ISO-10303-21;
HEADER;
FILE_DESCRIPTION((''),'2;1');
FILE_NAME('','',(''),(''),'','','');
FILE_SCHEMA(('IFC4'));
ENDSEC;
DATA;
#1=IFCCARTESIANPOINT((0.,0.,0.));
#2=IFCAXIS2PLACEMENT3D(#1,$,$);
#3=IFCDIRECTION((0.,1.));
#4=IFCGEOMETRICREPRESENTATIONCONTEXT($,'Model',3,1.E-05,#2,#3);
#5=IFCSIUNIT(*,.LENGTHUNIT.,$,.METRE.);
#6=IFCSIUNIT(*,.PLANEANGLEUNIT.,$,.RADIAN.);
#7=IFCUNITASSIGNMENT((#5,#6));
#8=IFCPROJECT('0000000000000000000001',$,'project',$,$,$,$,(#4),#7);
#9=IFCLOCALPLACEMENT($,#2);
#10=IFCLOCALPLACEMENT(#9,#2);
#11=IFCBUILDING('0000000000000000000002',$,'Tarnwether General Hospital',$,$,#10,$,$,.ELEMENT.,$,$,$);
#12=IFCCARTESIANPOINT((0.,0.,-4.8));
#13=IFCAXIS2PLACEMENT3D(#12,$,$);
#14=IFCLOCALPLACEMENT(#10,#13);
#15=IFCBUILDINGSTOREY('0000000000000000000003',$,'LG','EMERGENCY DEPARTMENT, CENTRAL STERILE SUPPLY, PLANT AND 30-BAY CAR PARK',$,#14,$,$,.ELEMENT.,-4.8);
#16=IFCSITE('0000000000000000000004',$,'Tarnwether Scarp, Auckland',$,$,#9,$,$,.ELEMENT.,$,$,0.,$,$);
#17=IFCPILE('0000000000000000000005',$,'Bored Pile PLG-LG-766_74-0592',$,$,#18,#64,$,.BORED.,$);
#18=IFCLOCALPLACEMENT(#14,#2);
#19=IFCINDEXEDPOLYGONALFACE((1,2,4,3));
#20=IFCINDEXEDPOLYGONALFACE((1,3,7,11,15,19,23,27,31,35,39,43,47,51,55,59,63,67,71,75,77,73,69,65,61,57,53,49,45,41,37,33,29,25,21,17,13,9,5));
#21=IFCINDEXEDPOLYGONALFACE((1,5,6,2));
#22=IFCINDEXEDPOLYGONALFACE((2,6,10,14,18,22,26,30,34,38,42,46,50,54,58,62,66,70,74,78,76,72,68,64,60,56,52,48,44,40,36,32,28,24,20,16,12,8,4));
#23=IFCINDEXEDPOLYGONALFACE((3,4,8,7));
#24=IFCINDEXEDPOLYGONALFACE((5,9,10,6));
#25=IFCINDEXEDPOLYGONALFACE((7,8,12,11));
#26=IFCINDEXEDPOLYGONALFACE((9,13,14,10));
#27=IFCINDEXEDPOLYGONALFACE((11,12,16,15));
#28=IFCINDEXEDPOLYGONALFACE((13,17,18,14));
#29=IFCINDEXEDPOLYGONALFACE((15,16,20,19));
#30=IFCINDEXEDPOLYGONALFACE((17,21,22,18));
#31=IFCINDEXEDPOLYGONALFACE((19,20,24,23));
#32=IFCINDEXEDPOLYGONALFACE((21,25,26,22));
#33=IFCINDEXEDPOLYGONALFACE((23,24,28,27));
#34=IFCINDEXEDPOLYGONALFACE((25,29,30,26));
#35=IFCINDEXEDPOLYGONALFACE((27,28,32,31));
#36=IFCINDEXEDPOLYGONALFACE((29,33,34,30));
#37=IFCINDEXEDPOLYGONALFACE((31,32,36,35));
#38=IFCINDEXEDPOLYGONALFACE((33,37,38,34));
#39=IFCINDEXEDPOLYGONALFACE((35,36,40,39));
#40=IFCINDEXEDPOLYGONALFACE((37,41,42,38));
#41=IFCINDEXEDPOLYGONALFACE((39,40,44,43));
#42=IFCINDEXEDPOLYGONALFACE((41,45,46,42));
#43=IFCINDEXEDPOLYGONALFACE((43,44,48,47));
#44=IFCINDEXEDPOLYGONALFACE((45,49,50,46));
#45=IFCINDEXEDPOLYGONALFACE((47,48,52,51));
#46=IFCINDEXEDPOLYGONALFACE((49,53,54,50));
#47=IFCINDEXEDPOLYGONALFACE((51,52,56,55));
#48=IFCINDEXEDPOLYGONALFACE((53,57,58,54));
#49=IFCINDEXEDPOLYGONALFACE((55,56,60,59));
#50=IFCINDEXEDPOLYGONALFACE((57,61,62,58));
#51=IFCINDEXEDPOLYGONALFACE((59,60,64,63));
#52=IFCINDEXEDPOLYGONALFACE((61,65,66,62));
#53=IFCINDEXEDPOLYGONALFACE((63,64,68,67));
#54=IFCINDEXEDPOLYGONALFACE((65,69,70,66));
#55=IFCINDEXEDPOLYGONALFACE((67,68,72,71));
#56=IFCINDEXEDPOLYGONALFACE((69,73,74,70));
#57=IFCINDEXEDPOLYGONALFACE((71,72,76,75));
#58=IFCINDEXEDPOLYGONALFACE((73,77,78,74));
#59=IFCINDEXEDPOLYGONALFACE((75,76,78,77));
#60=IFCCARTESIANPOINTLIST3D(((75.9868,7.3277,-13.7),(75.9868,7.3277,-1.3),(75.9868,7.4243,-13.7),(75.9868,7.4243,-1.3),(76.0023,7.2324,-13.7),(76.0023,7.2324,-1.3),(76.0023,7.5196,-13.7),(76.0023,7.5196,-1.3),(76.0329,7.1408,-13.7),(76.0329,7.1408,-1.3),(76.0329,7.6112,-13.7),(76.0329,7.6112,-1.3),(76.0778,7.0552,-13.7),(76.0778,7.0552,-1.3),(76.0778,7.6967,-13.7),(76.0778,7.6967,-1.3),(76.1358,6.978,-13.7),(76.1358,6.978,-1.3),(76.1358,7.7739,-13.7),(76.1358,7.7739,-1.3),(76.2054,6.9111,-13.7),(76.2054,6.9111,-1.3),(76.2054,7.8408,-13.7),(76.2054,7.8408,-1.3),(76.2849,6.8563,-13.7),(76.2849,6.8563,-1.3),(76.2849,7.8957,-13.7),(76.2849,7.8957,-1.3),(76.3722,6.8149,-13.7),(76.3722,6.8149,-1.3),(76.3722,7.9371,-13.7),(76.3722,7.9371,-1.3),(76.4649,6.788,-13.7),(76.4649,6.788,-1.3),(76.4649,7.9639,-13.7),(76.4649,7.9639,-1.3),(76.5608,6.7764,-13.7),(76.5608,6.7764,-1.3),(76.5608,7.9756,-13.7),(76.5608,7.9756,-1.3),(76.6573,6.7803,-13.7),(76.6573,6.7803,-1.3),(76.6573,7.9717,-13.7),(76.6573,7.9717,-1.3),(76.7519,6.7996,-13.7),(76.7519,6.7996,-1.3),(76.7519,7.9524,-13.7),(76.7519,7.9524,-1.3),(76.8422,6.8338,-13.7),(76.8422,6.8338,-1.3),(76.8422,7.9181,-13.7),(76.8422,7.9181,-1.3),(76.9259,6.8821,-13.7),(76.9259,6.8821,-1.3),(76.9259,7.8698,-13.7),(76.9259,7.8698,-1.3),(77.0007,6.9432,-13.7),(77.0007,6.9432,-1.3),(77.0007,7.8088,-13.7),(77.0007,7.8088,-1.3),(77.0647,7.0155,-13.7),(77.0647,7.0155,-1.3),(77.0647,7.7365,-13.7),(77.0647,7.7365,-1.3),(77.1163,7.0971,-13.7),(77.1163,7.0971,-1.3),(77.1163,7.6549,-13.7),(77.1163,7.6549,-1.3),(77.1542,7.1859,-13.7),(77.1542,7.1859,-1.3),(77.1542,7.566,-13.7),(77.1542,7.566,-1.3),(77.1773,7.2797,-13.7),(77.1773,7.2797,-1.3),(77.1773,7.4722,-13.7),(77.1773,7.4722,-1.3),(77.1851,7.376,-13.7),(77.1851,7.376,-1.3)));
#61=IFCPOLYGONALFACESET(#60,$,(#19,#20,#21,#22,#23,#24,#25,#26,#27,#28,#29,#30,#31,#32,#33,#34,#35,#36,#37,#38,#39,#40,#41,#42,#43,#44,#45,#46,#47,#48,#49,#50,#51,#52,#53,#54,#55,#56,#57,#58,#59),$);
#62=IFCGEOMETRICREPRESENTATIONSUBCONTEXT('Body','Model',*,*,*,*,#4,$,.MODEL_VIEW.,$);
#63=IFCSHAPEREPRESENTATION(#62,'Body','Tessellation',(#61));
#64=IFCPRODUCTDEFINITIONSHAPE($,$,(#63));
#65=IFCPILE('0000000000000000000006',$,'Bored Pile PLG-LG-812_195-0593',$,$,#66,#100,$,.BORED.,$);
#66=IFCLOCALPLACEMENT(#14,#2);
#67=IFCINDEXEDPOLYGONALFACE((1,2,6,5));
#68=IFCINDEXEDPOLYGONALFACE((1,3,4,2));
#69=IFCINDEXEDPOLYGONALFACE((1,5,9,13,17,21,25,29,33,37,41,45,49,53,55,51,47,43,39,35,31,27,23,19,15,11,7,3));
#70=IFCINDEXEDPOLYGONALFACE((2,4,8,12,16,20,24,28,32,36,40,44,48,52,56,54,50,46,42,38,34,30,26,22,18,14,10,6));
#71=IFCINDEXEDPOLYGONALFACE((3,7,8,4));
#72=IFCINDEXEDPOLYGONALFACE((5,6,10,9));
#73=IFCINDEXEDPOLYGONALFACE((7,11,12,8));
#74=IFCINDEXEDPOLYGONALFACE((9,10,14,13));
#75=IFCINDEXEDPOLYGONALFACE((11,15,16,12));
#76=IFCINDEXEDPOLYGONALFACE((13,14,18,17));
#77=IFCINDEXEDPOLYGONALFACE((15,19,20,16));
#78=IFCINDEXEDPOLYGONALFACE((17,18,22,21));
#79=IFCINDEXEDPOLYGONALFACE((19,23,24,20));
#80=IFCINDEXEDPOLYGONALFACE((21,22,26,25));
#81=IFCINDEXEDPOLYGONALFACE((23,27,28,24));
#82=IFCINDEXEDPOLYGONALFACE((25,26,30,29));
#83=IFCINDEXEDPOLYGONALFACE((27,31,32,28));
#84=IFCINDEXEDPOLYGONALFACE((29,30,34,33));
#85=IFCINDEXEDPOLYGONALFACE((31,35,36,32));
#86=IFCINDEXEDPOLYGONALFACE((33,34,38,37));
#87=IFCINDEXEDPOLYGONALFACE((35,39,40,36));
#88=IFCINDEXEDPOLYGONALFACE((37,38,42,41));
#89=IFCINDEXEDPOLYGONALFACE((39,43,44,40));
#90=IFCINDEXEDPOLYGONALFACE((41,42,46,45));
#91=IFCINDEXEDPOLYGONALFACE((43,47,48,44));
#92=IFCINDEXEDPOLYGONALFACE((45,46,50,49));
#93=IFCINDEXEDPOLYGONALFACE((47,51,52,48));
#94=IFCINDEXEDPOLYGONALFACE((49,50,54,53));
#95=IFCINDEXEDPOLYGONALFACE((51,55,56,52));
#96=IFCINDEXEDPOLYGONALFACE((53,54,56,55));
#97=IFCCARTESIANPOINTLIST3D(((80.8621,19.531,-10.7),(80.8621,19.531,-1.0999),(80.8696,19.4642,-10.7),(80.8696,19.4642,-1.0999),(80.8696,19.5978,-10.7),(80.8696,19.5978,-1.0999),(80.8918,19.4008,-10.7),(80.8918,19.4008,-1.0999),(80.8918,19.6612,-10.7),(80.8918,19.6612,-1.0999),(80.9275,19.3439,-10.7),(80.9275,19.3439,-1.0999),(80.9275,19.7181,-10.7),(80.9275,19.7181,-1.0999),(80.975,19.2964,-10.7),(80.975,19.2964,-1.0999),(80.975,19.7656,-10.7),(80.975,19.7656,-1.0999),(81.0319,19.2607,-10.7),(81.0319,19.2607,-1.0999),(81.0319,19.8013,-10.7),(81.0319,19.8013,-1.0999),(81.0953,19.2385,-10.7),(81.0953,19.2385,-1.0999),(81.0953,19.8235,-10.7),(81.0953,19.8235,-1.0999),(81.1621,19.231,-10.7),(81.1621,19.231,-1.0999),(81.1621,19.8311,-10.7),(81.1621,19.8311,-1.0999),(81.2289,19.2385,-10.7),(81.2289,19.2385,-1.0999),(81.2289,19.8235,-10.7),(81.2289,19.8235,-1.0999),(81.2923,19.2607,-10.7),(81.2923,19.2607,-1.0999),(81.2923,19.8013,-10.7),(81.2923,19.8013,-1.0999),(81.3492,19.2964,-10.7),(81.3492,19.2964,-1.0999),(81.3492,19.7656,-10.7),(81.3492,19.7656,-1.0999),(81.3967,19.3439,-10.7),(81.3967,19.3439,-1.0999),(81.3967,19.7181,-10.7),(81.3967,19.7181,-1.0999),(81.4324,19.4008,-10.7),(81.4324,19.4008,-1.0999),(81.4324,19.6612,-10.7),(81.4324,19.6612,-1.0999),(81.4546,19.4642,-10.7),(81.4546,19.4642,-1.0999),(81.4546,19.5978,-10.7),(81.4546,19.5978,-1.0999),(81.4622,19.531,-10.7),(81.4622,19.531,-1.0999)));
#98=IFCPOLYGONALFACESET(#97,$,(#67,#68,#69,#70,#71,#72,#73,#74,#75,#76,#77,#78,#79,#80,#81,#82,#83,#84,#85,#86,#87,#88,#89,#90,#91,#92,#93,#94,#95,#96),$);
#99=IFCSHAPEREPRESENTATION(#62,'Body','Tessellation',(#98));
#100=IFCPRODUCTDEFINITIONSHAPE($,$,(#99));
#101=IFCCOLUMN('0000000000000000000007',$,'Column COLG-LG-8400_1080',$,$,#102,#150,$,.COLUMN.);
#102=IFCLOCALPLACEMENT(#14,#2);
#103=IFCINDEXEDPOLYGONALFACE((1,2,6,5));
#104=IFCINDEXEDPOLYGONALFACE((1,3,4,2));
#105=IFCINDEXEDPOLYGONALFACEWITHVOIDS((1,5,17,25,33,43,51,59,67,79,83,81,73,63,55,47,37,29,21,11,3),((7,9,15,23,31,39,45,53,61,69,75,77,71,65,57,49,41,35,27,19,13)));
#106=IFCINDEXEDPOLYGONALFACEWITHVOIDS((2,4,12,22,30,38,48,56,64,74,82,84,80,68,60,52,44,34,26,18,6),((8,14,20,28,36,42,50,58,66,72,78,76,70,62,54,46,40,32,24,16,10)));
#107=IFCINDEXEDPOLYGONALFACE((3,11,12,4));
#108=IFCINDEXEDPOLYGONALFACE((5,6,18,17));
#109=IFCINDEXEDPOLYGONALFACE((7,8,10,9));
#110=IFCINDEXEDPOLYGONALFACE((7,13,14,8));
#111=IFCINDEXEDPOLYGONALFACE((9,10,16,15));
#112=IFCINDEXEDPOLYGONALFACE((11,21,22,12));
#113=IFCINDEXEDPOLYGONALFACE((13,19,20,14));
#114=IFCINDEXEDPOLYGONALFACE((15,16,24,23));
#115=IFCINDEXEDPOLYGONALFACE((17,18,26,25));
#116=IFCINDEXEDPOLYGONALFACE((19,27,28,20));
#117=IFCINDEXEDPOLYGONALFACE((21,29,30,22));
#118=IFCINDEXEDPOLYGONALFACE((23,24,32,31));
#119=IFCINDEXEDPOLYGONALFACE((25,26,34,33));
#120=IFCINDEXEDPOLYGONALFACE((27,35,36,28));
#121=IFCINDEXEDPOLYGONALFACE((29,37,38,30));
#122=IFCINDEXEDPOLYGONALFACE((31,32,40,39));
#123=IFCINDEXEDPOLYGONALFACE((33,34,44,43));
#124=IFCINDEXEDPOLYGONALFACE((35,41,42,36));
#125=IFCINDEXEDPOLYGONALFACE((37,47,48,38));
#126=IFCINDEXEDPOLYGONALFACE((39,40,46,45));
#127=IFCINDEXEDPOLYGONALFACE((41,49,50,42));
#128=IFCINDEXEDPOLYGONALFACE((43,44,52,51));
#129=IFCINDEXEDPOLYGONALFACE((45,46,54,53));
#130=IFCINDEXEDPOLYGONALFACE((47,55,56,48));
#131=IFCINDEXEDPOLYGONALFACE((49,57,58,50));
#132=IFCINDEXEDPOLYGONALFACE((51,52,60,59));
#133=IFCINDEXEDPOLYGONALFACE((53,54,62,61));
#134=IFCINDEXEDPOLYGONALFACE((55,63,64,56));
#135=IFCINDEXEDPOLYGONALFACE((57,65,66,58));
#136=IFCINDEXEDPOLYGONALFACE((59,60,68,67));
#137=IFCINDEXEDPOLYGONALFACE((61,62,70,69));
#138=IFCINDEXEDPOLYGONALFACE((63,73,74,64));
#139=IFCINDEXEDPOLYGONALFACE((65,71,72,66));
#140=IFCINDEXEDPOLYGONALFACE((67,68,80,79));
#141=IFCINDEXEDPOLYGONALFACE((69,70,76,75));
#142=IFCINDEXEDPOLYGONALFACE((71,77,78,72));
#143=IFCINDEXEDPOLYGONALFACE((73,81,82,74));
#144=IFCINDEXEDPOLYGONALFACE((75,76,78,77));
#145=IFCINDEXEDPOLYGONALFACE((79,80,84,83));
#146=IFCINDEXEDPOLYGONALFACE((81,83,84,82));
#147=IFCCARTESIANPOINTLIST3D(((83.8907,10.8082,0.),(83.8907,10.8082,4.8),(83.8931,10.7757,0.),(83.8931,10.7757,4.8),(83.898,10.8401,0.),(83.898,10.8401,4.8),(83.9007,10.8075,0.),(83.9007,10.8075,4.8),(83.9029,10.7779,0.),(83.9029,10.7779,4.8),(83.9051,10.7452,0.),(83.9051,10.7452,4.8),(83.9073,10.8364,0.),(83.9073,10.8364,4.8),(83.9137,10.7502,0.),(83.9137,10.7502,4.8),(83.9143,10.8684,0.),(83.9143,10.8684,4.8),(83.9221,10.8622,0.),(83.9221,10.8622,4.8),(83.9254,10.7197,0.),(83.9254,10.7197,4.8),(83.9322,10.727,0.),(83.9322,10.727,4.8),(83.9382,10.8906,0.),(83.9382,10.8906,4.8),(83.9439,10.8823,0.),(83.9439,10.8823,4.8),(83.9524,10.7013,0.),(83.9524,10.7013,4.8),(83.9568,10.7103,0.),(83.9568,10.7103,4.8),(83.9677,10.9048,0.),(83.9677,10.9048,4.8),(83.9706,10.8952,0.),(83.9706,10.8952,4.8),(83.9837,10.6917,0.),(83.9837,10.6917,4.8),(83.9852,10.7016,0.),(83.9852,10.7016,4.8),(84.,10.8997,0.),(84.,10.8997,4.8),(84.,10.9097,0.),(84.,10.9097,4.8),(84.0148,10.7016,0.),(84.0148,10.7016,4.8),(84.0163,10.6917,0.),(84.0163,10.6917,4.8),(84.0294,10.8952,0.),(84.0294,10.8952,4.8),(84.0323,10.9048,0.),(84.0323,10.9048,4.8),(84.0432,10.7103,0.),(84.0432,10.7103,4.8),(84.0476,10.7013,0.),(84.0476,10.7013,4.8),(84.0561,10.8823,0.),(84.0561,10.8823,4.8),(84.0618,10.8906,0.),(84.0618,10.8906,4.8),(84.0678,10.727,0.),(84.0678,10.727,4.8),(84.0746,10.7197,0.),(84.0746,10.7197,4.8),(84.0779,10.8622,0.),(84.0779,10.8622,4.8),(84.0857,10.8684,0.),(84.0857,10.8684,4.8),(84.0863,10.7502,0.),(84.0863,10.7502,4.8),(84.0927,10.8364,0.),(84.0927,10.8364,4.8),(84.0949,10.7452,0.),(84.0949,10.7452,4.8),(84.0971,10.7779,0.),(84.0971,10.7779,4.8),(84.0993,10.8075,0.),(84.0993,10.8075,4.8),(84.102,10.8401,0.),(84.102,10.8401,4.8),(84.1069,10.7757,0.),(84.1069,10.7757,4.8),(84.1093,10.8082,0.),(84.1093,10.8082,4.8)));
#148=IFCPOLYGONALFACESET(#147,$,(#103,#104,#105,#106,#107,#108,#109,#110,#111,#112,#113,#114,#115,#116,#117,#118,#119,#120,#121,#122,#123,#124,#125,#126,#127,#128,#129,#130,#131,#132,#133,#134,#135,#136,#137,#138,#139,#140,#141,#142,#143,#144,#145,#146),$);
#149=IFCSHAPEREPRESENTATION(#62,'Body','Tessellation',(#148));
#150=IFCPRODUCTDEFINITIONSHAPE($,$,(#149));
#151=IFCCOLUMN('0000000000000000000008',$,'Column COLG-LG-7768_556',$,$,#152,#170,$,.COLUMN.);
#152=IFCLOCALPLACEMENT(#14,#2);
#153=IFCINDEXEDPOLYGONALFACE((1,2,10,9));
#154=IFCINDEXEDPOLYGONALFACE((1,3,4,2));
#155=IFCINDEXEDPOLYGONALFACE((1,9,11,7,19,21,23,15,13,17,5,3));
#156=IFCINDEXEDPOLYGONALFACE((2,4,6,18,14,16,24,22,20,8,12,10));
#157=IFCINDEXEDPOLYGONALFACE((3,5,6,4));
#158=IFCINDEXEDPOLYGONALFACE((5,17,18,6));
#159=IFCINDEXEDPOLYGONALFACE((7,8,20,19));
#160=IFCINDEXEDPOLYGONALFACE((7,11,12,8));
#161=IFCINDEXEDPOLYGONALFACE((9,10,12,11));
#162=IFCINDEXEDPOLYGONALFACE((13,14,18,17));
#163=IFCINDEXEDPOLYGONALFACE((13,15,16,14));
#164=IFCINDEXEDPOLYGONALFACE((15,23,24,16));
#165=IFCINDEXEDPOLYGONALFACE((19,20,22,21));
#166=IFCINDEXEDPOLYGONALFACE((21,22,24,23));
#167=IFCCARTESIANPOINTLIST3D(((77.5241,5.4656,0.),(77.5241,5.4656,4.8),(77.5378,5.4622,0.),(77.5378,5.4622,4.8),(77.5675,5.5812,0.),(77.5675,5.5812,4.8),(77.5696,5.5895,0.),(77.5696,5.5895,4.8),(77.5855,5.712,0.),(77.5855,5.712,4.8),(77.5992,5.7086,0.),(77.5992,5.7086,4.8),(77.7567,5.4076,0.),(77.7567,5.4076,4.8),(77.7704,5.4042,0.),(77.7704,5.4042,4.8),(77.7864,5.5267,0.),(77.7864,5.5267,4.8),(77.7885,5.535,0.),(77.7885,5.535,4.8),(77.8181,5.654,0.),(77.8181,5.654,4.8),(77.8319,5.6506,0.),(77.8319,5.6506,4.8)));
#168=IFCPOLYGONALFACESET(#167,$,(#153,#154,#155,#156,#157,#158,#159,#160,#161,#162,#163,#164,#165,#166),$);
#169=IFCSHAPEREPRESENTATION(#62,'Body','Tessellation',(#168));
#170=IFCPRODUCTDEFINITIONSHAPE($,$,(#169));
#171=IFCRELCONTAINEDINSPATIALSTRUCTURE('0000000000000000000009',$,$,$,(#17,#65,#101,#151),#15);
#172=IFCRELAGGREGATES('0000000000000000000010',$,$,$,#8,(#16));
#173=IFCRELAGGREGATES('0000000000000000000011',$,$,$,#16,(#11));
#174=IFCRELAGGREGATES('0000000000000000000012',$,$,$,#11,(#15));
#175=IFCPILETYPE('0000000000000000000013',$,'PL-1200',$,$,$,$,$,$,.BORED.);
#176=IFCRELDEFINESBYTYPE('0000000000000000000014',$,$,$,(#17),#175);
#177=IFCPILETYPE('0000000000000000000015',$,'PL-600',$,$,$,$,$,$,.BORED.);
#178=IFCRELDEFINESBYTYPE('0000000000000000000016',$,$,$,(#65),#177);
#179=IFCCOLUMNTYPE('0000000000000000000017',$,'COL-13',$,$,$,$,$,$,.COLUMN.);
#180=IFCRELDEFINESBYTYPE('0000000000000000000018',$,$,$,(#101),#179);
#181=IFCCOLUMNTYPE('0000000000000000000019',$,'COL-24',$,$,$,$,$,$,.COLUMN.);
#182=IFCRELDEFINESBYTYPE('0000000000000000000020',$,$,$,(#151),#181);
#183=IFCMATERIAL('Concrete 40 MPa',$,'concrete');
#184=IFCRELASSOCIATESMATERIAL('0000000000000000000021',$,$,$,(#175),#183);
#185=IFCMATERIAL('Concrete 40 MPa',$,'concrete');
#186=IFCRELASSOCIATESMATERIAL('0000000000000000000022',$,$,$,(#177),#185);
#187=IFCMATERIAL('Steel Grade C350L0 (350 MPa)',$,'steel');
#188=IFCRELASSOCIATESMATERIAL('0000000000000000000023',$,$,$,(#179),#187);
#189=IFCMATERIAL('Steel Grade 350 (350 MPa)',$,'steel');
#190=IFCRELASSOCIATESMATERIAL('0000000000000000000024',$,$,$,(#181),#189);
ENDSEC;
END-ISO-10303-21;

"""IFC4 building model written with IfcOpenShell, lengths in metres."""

from ifc_helpers import new_model, si_unit, direction, frame, origin, origin_2d, place, context, subcontext, project, spatial, circle, hollow_circle, i_section, extrude, material, material_profile, profile_set, type_object, element, save


model = new_model("IFC4")

# Units and contexts
model_context = context("Model", 3, precision=1e-05, world=origin(), true_north=direction((0.0, 1.0)))
body_context = subcontext(model_context, "Body", "Model", "MODEL_VIEW")
ifc_project = project(units=[si_unit("LENGTHUNIT", "METRE"), si_unit("PLANEANGLEUNIT", "RADIAN")], contexts=[model_context])

# Site, building, storey
site_placement = place(None, origin())
site = spatial("IfcSite", under=ifc_project, at=site_placement, Name="Tarnwether Scarp, Auckland", CompositionType="ELEMENT", RefElevation=0.0)
building_placement = place(site_placement, origin())
building = spatial("IfcBuilding", under=site, at=building_placement, Name="Tarnwether General Hospital", CompositionType="ELEMENT")
storey_placement = place(building_placement, frame((0.0, 0.0, -4.8)))
storey = spatial("IfcBuildingStorey", under=building, at=storey_placement, Name="LG", Description="EMERGENCY DEPARTMENT, CENTRAL STERILE SUPPLY, PLANT AND 30-BAY CAR PARK", CompositionType="ELEMENT", Elevation=-4.8)

# Piles
ifc_material_1 = material(Name="Concrete 40 MPa", Category="concrete")
ifc_material_profile_1 = material_profile(ifc_material_1, circle(Radius=0.6001, at=origin_2d()), Name="PILE-D1200")
ifc_profile_set_1 = profile_set([ifc_material_profile_1], Name="Concrete 40 MPa")
pile_type_1 = type_object("IfcPileType", Name="PL-1200", PredefinedType="BORED", material=ifc_profile_set_1)
for number, where, z_axis, x_axis, name in (
    (1, (76.585, 7.376, -1.3), (0.0, 0.0, -1.0), (1.0, 0.0, 0.0), "Bored Pile PLG-LG-766_74-0592"),
):
    element("IfcPile", number, at=place(storey_placement, frame(where, z_axis=z_axis, x_axis=x_axis)), inside=storey, type_object=pile_type_1, Name=name, PredefinedType="BORED", context=body_context, shape_type="SweptSolid", body=[
        extrude(circle(Radius=0.6001, at=origin_2d()), origin(), (0.0, 0.0, 1.0), 12.3999),
    ])
ifc_material_2 = material(Name="Concrete 40 MPa", Category="concrete")
ifc_material_profile_2 = material_profile(ifc_material_2, circle(Radius=0.3, at=origin_2d()), Name="PILE-D600")
ifc_profile_set_2 = profile_set([ifc_material_profile_2], Name="Concrete 40 MPa")
pile_type_2 = type_object("IfcPileType", Name="PL-600", PredefinedType="BORED", material=ifc_profile_set_2)
pile_placement = place(storey_placement, frame((81.1621, 19.531, -1.0999), z_axis=(0.0, 0.0, -1.0), x_axis=(1.0, 0.0, 0.0)))
element("IfcPile", 2, at=pile_placement, inside=storey, type_object=pile_type_2, Name="Bored Pile PLG-LG-812_195-0593", PredefinedType="BORED", context=body_context, shape_type="SweptSolid", body=[
    extrude(circle(Radius=0.3, at=origin_2d()), origin(), (0.0, 0.0, 1.0), 9.6001),
])

# Columns
ifc_material_3 = material(Name="Steel Grade C350L0 (350 MPa)", Category="steel")
ifc_material_profile_3 = material_profile(ifc_material_3, hollow_circle(Radius=0.1096, WallThickness=0.01, at=origin_2d()), Name="CHS219.1x10.0")
ifc_profile_set_3 = profile_set([ifc_material_profile_3], Name="Steel Grade C350L0 (350 MPa)")
column_type_1 = type_object("IfcColumnType", Name="COL-13", PredefinedType="COLUMN", material=ifc_profile_set_3)
column_1_placement = place(storey_placement, frame((84.0, 10.8, 0.0), z_axis=(0.0, 0.0, 1.0), x_axis=(0.0, 1.0, 0.0)))
element("IfcColumn", 3, at=column_1_placement, inside=storey, type_object=column_type_1, Name="Column COLG-LG-8400_1080", PredefinedType="COLUMN", context=body_context, shape_type="SweptSolid", body=[
    extrude(hollow_circle(Radius=0.1096, WallThickness=0.01, at=origin_2d()), origin(), (0.0, 0.0, 1.0), 4.8),
])
ifc_material_4 = material(Name="Steel Grade 350 (350 MPa)", Category="steel")
ifc_material_profile_4 = material_profile(ifc_material_4, i_section(OverallWidth=0.2539, OverallDepth=0.2539, WebThickness=0.0085, FlangeThickness=0.0142, at=origin_2d()), Name="250UC72.9")
ifc_profile_set_4 = profile_set([ifc_material_profile_4], Name="Steel Grade 350 (350 MPa)")
column_type_2 = type_object("IfcColumnType", Name="COL-24", PredefinedType="COLUMN", material=ifc_profile_set_4)
column_2_placement = place(storey_placement, frame((77.678, 5.5581, 0.0), z_axis=(0.0, 0.0, 1.0), x_axis=(0.241922, 0.970296, 0.0)))
element("IfcColumn", 4, at=column_2_placement, inside=storey, type_object=column_type_2, Name="Column COLG-LG-7768_556", PredefinedType="COLUMN", context=body_context, shape_type="SweptSolid", body=[
    extrude(i_section(OverallWidth=0.2539, OverallDepth=0.2539, WebThickness=0.0085, FlangeThickness=0.0142, at=origin_2d()), origin(), (0.0, 0.0, 1.0), 4.8),
])

save(model, "model.ifc")
